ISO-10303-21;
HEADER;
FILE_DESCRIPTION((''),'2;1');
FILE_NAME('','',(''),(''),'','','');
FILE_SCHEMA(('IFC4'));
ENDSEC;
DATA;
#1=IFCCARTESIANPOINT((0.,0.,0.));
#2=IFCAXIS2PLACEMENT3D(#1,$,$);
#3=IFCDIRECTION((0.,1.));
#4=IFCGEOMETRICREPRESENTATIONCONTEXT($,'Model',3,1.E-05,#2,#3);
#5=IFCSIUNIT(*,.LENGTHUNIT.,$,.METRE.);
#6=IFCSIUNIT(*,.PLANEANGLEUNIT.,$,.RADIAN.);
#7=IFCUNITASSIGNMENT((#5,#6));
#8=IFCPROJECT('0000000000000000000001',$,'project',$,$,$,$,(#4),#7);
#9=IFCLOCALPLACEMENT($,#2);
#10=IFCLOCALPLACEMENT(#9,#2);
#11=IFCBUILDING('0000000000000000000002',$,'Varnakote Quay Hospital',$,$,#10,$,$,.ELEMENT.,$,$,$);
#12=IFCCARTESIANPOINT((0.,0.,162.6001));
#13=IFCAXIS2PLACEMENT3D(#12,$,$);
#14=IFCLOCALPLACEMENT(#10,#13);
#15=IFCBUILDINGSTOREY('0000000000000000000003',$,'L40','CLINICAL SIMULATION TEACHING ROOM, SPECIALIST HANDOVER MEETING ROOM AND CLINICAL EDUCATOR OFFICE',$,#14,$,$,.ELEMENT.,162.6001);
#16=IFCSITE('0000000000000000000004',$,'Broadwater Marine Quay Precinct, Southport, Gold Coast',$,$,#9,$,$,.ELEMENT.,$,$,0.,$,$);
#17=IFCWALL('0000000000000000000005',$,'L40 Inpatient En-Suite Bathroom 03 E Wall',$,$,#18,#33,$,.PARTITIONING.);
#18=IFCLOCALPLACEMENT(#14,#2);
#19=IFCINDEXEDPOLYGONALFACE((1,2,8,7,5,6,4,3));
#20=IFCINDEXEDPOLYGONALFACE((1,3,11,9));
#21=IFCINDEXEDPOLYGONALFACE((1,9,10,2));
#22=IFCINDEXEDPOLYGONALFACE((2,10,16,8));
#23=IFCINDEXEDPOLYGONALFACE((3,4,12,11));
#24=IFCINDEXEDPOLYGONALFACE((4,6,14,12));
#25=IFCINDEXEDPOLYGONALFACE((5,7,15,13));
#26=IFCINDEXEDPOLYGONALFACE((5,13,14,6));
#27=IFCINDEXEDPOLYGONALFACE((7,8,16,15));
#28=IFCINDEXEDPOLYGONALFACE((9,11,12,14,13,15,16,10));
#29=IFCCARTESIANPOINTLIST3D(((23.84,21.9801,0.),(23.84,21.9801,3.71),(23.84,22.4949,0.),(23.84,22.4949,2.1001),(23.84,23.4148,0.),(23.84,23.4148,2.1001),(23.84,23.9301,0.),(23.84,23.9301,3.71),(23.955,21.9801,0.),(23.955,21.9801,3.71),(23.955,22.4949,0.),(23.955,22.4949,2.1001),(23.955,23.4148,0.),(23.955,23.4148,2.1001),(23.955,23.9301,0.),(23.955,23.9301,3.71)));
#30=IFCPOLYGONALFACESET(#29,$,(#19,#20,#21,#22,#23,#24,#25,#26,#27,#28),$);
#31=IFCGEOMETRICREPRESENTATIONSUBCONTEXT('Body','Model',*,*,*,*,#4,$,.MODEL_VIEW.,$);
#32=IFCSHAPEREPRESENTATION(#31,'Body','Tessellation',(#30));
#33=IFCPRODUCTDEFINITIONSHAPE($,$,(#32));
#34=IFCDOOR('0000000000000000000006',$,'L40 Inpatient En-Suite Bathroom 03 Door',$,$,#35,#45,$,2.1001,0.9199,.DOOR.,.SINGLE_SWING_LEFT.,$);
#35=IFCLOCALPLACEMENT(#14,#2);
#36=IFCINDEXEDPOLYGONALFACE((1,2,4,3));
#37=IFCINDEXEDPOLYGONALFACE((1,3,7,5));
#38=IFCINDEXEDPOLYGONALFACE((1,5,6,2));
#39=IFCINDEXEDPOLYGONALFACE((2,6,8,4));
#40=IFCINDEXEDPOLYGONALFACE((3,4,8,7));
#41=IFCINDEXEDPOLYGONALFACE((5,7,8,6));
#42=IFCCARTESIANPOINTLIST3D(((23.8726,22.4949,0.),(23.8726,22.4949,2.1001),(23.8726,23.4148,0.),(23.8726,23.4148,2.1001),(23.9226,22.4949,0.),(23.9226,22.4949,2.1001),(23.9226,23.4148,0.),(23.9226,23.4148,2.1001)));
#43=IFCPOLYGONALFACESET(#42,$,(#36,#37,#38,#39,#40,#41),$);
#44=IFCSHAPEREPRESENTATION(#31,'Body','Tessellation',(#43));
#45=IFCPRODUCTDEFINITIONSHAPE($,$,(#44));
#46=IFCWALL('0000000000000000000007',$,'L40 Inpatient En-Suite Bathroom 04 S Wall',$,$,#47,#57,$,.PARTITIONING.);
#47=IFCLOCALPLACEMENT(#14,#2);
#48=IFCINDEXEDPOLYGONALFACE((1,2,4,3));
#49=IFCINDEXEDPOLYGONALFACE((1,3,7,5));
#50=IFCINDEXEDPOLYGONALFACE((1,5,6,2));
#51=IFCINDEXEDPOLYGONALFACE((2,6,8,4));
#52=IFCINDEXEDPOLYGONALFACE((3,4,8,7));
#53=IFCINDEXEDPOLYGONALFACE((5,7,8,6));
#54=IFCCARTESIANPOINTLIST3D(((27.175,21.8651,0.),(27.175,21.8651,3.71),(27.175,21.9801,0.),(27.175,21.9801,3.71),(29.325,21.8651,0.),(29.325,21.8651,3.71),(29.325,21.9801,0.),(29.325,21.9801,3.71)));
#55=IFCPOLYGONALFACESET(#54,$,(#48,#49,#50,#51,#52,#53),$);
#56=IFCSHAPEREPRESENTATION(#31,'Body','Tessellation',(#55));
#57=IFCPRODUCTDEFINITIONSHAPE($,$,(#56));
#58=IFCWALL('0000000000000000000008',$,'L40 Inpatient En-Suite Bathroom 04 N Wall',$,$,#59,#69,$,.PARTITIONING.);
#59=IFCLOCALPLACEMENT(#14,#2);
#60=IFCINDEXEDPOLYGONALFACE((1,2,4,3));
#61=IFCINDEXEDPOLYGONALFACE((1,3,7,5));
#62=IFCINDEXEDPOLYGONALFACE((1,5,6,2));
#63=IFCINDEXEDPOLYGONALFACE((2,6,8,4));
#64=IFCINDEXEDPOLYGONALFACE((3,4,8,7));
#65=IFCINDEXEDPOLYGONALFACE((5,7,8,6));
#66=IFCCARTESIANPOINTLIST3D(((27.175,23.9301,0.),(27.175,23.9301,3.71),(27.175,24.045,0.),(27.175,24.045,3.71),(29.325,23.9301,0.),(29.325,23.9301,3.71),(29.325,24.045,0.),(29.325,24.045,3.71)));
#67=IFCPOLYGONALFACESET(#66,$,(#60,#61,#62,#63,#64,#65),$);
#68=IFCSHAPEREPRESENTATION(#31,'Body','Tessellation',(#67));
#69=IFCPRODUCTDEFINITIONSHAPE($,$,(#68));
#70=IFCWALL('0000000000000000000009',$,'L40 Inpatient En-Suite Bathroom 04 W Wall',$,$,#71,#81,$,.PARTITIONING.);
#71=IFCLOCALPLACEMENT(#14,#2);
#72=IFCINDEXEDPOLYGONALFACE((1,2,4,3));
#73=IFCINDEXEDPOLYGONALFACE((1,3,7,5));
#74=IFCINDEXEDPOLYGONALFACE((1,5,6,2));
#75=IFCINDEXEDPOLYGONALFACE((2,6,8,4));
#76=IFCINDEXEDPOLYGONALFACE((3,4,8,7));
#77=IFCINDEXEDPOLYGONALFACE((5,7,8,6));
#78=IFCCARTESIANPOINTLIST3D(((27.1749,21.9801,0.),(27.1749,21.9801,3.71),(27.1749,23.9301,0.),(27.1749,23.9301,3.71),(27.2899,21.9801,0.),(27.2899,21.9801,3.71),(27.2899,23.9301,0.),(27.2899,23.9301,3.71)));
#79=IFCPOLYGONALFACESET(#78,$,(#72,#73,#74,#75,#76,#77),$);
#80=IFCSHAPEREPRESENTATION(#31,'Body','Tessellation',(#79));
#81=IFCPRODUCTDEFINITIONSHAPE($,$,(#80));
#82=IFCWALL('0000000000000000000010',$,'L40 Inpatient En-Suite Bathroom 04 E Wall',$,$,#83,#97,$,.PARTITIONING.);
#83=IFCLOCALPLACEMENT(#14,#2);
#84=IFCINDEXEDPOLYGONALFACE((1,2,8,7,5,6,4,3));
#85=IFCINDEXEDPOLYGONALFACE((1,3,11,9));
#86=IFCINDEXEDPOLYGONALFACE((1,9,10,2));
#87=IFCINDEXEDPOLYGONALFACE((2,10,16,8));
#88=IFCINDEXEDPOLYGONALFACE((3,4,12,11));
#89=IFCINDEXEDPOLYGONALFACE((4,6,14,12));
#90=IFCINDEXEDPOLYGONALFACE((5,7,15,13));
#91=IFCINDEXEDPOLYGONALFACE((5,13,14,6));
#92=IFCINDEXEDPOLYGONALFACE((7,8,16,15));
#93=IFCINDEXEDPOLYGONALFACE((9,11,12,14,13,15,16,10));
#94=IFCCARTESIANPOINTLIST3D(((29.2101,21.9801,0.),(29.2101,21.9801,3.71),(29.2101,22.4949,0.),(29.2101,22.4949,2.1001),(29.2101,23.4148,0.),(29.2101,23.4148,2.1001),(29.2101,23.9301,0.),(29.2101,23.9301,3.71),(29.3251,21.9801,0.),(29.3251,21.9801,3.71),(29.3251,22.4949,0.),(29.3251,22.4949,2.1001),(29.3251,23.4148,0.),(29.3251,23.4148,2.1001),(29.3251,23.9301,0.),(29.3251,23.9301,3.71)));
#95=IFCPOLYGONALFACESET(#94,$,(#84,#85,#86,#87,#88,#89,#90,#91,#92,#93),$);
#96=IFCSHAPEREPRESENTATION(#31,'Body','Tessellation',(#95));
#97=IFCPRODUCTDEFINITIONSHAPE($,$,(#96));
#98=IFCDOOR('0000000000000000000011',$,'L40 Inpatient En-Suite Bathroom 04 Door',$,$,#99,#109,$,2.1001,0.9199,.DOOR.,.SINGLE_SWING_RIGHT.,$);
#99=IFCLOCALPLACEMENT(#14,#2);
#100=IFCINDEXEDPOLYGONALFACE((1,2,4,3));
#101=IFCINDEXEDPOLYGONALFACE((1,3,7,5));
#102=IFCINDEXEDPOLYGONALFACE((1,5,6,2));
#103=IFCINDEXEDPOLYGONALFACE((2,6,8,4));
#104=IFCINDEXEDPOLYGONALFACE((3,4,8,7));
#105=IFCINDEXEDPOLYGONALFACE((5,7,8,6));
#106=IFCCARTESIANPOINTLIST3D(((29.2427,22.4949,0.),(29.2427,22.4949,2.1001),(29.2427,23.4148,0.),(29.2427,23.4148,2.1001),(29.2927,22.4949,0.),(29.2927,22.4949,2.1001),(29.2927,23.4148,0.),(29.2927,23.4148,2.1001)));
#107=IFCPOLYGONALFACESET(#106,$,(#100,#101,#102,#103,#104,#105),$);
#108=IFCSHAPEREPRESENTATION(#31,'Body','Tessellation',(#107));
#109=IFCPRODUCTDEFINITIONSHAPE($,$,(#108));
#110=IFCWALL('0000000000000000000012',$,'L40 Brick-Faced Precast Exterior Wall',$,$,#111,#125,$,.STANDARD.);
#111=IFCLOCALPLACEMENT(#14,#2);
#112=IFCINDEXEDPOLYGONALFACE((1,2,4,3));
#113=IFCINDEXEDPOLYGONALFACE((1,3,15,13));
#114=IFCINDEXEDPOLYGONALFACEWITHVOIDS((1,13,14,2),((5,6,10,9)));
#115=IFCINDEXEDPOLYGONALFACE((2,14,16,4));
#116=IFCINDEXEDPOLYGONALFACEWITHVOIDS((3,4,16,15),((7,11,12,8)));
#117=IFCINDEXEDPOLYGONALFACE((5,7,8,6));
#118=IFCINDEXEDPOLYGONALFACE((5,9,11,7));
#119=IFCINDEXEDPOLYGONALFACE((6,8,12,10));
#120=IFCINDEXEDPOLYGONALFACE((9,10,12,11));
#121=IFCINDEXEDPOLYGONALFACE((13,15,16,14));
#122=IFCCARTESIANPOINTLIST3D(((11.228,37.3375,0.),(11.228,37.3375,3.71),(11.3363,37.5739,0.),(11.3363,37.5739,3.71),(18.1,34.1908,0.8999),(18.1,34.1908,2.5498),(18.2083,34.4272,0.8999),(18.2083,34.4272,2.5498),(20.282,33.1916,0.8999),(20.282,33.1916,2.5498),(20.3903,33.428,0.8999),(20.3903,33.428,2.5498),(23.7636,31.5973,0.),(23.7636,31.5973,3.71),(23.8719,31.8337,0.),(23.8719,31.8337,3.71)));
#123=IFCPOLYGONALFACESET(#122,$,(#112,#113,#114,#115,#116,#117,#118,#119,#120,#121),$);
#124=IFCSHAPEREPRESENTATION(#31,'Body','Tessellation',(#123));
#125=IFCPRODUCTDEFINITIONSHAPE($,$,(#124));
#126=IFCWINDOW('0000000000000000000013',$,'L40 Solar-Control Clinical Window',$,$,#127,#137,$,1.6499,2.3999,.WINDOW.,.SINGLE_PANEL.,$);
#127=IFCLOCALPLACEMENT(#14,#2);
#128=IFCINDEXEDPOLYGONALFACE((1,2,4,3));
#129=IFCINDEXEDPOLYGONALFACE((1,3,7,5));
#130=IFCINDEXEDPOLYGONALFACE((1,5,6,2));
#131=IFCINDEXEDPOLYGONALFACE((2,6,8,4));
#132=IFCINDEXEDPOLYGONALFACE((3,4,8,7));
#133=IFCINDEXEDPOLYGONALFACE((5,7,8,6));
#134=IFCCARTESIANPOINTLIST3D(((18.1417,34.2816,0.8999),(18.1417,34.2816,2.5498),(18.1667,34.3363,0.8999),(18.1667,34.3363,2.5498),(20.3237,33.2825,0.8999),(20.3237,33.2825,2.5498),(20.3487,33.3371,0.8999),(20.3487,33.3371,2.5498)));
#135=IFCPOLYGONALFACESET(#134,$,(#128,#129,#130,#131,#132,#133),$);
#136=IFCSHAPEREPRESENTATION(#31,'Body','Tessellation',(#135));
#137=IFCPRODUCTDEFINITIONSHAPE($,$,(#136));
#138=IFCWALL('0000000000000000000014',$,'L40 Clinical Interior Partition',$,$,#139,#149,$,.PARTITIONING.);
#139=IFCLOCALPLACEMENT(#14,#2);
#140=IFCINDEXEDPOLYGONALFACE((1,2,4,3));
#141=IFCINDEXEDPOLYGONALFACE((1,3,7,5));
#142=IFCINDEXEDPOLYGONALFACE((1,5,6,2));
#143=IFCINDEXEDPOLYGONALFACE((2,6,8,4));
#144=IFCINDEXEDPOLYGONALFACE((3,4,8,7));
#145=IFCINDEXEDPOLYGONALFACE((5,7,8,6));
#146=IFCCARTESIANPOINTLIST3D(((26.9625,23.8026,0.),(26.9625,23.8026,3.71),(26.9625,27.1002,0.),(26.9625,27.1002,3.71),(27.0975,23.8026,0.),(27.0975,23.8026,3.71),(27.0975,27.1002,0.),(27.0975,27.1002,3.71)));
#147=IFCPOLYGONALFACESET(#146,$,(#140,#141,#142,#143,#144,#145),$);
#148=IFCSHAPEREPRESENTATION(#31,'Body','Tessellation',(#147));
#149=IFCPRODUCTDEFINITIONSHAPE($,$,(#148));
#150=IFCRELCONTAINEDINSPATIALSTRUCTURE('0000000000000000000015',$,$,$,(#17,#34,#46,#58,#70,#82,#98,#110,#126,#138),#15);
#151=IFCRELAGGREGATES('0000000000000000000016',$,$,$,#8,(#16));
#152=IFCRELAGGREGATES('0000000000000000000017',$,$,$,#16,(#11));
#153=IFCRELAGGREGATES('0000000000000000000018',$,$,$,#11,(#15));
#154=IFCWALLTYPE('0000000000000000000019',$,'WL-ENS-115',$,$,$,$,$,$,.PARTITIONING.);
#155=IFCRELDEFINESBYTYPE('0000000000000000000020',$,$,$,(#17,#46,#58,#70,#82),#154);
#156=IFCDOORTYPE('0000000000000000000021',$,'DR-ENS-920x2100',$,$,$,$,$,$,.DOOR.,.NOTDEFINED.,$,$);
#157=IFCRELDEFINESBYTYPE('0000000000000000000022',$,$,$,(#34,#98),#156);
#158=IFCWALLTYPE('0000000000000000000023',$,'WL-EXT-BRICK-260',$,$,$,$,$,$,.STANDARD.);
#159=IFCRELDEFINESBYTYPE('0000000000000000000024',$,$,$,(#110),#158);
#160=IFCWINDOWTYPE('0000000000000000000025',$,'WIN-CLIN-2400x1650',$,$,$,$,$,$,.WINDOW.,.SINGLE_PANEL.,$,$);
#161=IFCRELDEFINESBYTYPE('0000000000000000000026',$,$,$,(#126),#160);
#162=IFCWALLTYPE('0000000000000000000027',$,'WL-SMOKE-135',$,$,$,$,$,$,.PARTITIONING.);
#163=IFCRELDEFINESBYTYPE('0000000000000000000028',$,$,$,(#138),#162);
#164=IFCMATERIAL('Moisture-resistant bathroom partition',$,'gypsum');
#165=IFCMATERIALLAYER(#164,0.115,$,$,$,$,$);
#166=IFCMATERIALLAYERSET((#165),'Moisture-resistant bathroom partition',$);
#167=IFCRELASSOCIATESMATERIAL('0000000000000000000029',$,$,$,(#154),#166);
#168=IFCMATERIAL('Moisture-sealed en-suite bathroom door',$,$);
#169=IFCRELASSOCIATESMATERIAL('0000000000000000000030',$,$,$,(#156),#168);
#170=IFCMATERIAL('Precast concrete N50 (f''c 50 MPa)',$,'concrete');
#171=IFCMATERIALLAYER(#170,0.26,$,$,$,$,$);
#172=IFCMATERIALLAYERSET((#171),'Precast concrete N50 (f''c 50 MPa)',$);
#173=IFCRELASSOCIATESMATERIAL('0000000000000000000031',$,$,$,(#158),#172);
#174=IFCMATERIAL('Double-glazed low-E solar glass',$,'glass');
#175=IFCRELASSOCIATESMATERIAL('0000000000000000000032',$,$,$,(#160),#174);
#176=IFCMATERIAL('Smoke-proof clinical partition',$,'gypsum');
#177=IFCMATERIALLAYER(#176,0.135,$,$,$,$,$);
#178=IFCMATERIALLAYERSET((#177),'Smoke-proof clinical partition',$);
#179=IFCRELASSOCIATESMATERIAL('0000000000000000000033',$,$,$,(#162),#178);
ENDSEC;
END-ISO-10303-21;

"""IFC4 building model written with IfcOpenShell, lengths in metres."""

from ifc_helpers import new_model, si_unit, direction, frame, frame_2d, origin, place, context, subcontext, project, spatial, rectangle, extrude, material, layer, layer_set, type_object, element, fill, save


model = new_model("IFC4")

# Units and contexts
model_context = context("Model", 3, precision=1e-05, world=origin(), true_north=direction((0.0, 1.0)))
body_context = subcontext(model_context, "Body", "Model", "MODEL_VIEW")
ifc_project = project(units=[si_unit("LENGTHUNIT", "METRE"), si_unit("PLANEANGLEUNIT", "RADIAN")], contexts=[model_context])

# Site, building, storey
site_placement = place(None, origin())
site = spatial("IfcSite", under=ifc_project, at=site_placement, Name="Broadwater Marine Quay Precinct, Southport, Gold Coast", CompositionType="ELEMENT", RefElevation=0.0)
building_placement = place(site_placement, origin())
building = spatial("IfcBuilding", under=site, at=building_placement, Name="Varnakote Quay Hospital", CompositionType="ELEMENT")
storey_placement = place(building_placement, frame((0.0, 0.0, 162.6001)))
storey = spatial("IfcBuildingStorey", under=building, at=storey_placement, Name="L40", Description="CLINICAL SIMULATION TEACHING ROOM, SPECIALIST HANDOVER MEETING ROOM AND CLINICAL EDUCATOR OFFICE", CompositionType="ELEMENT", Elevation=162.6001)

# Shared definitions
ifc_material_1 = material(Name="Moisture-resistant bathroom partition", Category="gypsum")
ifc_layer_1 = layer(ifc_material_1, 0.115)
ifc_layer_set_1 = layer_set([ifc_layer_1], Name="Moisture-resistant bathroom partition")
wall_type_1 = type_object("IfcWallType", Name="WL-ENS-115", PredefinedType="PARTITIONING", material=ifc_layer_set_1)

# Wall, opening, door
wall_1_placement = place(storey_placement, frame((23.8975, 21.98, 0.0), z_axis=(0.0, 0.0, 1.0), x_axis=(0.0, 1.0, 0.0)))
wall_1 = element("IfcWall", 1, at=wall_1_placement, inside=storey, type_object=wall_type_1, Name="L40 Inpatient En-Suite Bathroom 03 E Wall", PredefinedType="PARTITIONING", context=body_context, shape_type="SweptSolid", body=[
    extrude(rectangle(XDim=1.95, YDim=0.115, at=frame_2d((0.9751, 0.0))), origin(), (0.0, 0.0, 1.0), 3.71),
])
opening_1_placement = place(wall_1_placement, frame((0.5149, 0.0, 0.0)))
opening_1 = element("IfcOpeningElement", 2, at=opening_1_placement, cuts=wall_1, PredefinedType="OPENING", context=body_context, shape_type="SweptSolid", body=[
    extrude(rectangle(XDim=0.9199, YDim=2.1001, at=frame_2d((0.46, 1.05))), frame((0.0, 0.0674, 0.0), z_axis=(0.0, -1.0, 0.0), x_axis=(1.0, 0.0, 0.0)), (0.0, 0.0, 1.0), 0.135),
])
ifc_material_2 = material(Name="Moisture-sealed en-suite bathroom door")
door_type_1 = type_object("IfcDoorType", Name="DR-ENS-920x2100", OperationType="NOTDEFINED", PredefinedType="DOOR", material=ifc_material_2)
door_1_placement = place(opening_1_placement, origin())
door_1 = element("IfcDoor", 3, at=door_1_placement, inside=storey, type_object=door_type_1, Name="L40 Inpatient En-Suite Bathroom 03 Door", OperationType="SINGLE_SWING_LEFT", OverallHeight=2.1001, OverallWidth=0.9199, PredefinedType="DOOR", context=body_context, shape_type="SweptSolid", body=[
    extrude(rectangle(XDim=0.9199, YDim=2.1001, at=frame_2d((0.46, 1.05))), frame((0.0, 0.0249, 0.0), z_axis=(0.0, -1.0, 0.0), x_axis=(1.0, 0.0, 0.0)), (0.0, 0.0, 1.0), 0.05),
])
fill(opening_1, door_1)

# Walls
for number, where, z_axis, x_axis, name in (
    (4, (27.175, 21.9226, 0.0), (0.0, 0.0, 1.0), (1.0, 0.0, 0.0), "L40 Inpatient En-Suite Bathroom 04 S Wall"),
    (5, (27.175, 23.9875, 0.0), (0.0, 0.0, 1.0), (1.0, 0.0, 0.0), "L40 Inpatient En-Suite Bathroom 04 N Wall"),
):
    element("IfcWall", number, at=place(storey_placement, frame(where, z_axis=z_axis, x_axis=x_axis)), inside=storey, type_object=wall_type_1, Name=name, PredefinedType="PARTITIONING", context=body_context, shape_type="SweptSolid", body=[
        extrude(rectangle(XDim=2.1499, YDim=0.115, at=frame_2d((1.075, 0.0))), origin(), (0.0, 0.0, 1.0), 3.71),
    ])
wall_2_placement = place(storey_placement, frame((27.2324, 21.98, 0.0), z_axis=(0.0, 0.0, 1.0), x_axis=(0.0, 1.0, 0.0)))
element("IfcWall", 6, at=wall_2_placement, inside=storey, type_object=wall_type_1, Name="L40 Inpatient En-Suite Bathroom 04 W Wall", PredefinedType="PARTITIONING", context=body_context, shape_type="SweptSolid", body=[
    extrude(rectangle(XDim=1.95, YDim=0.115, at=frame_2d((0.9751, 0.0))), origin(), (0.0, 0.0, 1.0), 3.71),
])

# Wall, opening, door
wall_3_placement = place(storey_placement, frame((29.2676, 21.98, 0.0), z_axis=(0.0, 0.0, 1.0), x_axis=(0.0, 1.0, 0.0)))
wall_3 = element("IfcWall", 7, at=wall_3_placement, inside=storey, type_object=wall_type_1, Name="L40 Inpatient En-Suite Bathroom 04 E Wall", PredefinedType="PARTITIONING", context=body_context, shape_type="SweptSolid", body=[
    extrude(rectangle(XDim=1.95, YDim=0.115, at=frame_2d((0.9751, 0.0))), origin(), (0.0, 0.0, 1.0), 3.71),
])
opening_2_placement = place(wall_3_placement, frame((0.5149, 0.0, 0.0)))
opening_2 = element("IfcOpeningElement", 8, at=opening_2_placement, cuts=wall_3, PredefinedType="OPENING", context=body_context, shape_type="SweptSolid", body=[
    extrude(rectangle(XDim=0.9199, YDim=2.1001, at=frame_2d((0.46, 1.05))), frame((0.0, 0.0674, 0.0), z_axis=(0.0, -1.0, 0.0), x_axis=(1.0, 0.0, 0.0)), (0.0, 0.0, 1.0), 0.135),
])
door_2_placement = place(opening_2_placement, origin())
door_2 = element("IfcDoor", 9, at=door_2_placement, inside=storey, type_object=door_type_1, Name="L40 Inpatient En-Suite Bathroom 04 Door", OperationType="SINGLE_SWING_RIGHT", OverallHeight=2.1001, OverallWidth=0.9199, PredefinedType="DOOR", context=body_context, shape_type="SweptSolid", body=[
    extrude(rectangle(XDim=0.9199, YDim=2.1001, at=frame_2d((0.46, 1.05))), frame((0.0, 0.0249, 0.0), z_axis=(0.0, -1.0, 0.0), x_axis=(1.0, 0.0, 0.0)), (0.0, 0.0, 1.0), 0.05),
])
fill(opening_2, door_2)

# Wall, opening, window
ifc_material_3 = material(Name="Precast concrete N50 (f'c 50 MPa)", Category="concrete")
ifc_layer_2 = layer(ifc_material_3, 0.26)
ifc_layer_set_2 = layer_set([ifc_layer_2], Name="Precast concrete N50 (f'c 50 MPa)")
wall_type_2 = type_object("IfcWallType", Name="WL-EXT-BRICK-260", PredefinedType="STANDARD", material=ifc_layer_set_2)
wall_4_placement = place(storey_placement, frame((23.8176, 31.7156, 0.0), z_axis=(0.0, 0.0, 1.0), x_axis=(-0.90921, 0.416339, 0.0)))
wall_4 = element("IfcWall", 10, at=wall_4_placement, inside=storey, type_object=wall_type_2, Name="L40 Brick-Faced Precast Exterior Wall", PredefinedType="STANDARD", context=body_context, shape_type="SweptSolid", body=[
    extrude(rectangle(XDim=13.7874, YDim=0.26, at=frame_2d((6.8936, 0.0))), origin(), (0.0, 0.0, 1.0), 3.71),
])
opening_3_placement = place(wall_4_placement, frame((3.8291, 0.0, 0.8999)))
opening_3 = element("IfcOpeningElement", 11, at=opening_3_placement, cuts=wall_4, PredefinedType="OPENING", context=body_context, shape_type="SweptSolid", body=[
    extrude(rectangle(XDim=2.3999, YDim=1.6499, at=frame_2d((1.2, 0.825))), frame((0.0, 0.1399, 0.0), z_axis=(0.0, -1.0, 0.0), x_axis=(1.0, 0.0, 0.0)), (0.0, 0.0, 1.0), 0.28),
])
ifc_material_4 = material(Name="Double-glazed low-E solar glass", Category="glass")
window_type = type_object("IfcWindowType", Name="WIN-CLIN-2400x1650", PartitioningType="SINGLE_PANEL", PredefinedType="WINDOW", material=ifc_material_4)
window_placement = place(opening_3_placement, origin())
window = element("IfcWindow", 12, at=window_placement, inside=storey, type_object=window_type, Name="L40 Solar-Control Clinical Window", OverallHeight=1.6499, OverallWidth=2.3999, PartitioningType="SINGLE_PANEL", PredefinedType="WINDOW", context=body_context, shape_type="SweptSolid", body=[
    extrude(rectangle(XDim=2.3999, YDim=1.6499, at=frame_2d((1.2, 0.825))), frame((0.0, 0.03, 0.0), z_axis=(0.0, -1.0, 0.0), x_axis=(1.0, 0.0, 0.0)), (0.0, 0.0, 1.0), 0.0601),
])
fill(opening_3, window)

# Wall
ifc_material_5 = material(Name="Smoke-proof clinical partition", Category="gypsum")
ifc_layer_3 = layer(ifc_material_5, 0.135)
ifc_layer_set_3 = layer_set([ifc_layer_3], Name="Smoke-proof clinical partition")
wall_type_3 = type_object("IfcWallType", Name="WL-SMOKE-135", PredefinedType="PARTITIONING", material=ifc_layer_set_3)
wall_5_placement = place(storey_placement, frame((27.03, 23.8025, 0.0), z_axis=(0.0, 0.0, 1.0), x_axis=(0.0, 1.0, 0.0)))
element("IfcWall", 13, at=wall_5_placement, inside=storey, type_object=wall_type_3, Name="L40 Clinical Interior Partition", PredefinedType="PARTITIONING", context=body_context, shape_type="SweptSolid", body=[
    extrude(rectangle(XDim=3.2976, YDim=0.135, at=frame_2d((1.6489, 0.0))), origin(), (0.0, 0.0, 1.0), 3.71),
])

save(model, "model.ifc")
